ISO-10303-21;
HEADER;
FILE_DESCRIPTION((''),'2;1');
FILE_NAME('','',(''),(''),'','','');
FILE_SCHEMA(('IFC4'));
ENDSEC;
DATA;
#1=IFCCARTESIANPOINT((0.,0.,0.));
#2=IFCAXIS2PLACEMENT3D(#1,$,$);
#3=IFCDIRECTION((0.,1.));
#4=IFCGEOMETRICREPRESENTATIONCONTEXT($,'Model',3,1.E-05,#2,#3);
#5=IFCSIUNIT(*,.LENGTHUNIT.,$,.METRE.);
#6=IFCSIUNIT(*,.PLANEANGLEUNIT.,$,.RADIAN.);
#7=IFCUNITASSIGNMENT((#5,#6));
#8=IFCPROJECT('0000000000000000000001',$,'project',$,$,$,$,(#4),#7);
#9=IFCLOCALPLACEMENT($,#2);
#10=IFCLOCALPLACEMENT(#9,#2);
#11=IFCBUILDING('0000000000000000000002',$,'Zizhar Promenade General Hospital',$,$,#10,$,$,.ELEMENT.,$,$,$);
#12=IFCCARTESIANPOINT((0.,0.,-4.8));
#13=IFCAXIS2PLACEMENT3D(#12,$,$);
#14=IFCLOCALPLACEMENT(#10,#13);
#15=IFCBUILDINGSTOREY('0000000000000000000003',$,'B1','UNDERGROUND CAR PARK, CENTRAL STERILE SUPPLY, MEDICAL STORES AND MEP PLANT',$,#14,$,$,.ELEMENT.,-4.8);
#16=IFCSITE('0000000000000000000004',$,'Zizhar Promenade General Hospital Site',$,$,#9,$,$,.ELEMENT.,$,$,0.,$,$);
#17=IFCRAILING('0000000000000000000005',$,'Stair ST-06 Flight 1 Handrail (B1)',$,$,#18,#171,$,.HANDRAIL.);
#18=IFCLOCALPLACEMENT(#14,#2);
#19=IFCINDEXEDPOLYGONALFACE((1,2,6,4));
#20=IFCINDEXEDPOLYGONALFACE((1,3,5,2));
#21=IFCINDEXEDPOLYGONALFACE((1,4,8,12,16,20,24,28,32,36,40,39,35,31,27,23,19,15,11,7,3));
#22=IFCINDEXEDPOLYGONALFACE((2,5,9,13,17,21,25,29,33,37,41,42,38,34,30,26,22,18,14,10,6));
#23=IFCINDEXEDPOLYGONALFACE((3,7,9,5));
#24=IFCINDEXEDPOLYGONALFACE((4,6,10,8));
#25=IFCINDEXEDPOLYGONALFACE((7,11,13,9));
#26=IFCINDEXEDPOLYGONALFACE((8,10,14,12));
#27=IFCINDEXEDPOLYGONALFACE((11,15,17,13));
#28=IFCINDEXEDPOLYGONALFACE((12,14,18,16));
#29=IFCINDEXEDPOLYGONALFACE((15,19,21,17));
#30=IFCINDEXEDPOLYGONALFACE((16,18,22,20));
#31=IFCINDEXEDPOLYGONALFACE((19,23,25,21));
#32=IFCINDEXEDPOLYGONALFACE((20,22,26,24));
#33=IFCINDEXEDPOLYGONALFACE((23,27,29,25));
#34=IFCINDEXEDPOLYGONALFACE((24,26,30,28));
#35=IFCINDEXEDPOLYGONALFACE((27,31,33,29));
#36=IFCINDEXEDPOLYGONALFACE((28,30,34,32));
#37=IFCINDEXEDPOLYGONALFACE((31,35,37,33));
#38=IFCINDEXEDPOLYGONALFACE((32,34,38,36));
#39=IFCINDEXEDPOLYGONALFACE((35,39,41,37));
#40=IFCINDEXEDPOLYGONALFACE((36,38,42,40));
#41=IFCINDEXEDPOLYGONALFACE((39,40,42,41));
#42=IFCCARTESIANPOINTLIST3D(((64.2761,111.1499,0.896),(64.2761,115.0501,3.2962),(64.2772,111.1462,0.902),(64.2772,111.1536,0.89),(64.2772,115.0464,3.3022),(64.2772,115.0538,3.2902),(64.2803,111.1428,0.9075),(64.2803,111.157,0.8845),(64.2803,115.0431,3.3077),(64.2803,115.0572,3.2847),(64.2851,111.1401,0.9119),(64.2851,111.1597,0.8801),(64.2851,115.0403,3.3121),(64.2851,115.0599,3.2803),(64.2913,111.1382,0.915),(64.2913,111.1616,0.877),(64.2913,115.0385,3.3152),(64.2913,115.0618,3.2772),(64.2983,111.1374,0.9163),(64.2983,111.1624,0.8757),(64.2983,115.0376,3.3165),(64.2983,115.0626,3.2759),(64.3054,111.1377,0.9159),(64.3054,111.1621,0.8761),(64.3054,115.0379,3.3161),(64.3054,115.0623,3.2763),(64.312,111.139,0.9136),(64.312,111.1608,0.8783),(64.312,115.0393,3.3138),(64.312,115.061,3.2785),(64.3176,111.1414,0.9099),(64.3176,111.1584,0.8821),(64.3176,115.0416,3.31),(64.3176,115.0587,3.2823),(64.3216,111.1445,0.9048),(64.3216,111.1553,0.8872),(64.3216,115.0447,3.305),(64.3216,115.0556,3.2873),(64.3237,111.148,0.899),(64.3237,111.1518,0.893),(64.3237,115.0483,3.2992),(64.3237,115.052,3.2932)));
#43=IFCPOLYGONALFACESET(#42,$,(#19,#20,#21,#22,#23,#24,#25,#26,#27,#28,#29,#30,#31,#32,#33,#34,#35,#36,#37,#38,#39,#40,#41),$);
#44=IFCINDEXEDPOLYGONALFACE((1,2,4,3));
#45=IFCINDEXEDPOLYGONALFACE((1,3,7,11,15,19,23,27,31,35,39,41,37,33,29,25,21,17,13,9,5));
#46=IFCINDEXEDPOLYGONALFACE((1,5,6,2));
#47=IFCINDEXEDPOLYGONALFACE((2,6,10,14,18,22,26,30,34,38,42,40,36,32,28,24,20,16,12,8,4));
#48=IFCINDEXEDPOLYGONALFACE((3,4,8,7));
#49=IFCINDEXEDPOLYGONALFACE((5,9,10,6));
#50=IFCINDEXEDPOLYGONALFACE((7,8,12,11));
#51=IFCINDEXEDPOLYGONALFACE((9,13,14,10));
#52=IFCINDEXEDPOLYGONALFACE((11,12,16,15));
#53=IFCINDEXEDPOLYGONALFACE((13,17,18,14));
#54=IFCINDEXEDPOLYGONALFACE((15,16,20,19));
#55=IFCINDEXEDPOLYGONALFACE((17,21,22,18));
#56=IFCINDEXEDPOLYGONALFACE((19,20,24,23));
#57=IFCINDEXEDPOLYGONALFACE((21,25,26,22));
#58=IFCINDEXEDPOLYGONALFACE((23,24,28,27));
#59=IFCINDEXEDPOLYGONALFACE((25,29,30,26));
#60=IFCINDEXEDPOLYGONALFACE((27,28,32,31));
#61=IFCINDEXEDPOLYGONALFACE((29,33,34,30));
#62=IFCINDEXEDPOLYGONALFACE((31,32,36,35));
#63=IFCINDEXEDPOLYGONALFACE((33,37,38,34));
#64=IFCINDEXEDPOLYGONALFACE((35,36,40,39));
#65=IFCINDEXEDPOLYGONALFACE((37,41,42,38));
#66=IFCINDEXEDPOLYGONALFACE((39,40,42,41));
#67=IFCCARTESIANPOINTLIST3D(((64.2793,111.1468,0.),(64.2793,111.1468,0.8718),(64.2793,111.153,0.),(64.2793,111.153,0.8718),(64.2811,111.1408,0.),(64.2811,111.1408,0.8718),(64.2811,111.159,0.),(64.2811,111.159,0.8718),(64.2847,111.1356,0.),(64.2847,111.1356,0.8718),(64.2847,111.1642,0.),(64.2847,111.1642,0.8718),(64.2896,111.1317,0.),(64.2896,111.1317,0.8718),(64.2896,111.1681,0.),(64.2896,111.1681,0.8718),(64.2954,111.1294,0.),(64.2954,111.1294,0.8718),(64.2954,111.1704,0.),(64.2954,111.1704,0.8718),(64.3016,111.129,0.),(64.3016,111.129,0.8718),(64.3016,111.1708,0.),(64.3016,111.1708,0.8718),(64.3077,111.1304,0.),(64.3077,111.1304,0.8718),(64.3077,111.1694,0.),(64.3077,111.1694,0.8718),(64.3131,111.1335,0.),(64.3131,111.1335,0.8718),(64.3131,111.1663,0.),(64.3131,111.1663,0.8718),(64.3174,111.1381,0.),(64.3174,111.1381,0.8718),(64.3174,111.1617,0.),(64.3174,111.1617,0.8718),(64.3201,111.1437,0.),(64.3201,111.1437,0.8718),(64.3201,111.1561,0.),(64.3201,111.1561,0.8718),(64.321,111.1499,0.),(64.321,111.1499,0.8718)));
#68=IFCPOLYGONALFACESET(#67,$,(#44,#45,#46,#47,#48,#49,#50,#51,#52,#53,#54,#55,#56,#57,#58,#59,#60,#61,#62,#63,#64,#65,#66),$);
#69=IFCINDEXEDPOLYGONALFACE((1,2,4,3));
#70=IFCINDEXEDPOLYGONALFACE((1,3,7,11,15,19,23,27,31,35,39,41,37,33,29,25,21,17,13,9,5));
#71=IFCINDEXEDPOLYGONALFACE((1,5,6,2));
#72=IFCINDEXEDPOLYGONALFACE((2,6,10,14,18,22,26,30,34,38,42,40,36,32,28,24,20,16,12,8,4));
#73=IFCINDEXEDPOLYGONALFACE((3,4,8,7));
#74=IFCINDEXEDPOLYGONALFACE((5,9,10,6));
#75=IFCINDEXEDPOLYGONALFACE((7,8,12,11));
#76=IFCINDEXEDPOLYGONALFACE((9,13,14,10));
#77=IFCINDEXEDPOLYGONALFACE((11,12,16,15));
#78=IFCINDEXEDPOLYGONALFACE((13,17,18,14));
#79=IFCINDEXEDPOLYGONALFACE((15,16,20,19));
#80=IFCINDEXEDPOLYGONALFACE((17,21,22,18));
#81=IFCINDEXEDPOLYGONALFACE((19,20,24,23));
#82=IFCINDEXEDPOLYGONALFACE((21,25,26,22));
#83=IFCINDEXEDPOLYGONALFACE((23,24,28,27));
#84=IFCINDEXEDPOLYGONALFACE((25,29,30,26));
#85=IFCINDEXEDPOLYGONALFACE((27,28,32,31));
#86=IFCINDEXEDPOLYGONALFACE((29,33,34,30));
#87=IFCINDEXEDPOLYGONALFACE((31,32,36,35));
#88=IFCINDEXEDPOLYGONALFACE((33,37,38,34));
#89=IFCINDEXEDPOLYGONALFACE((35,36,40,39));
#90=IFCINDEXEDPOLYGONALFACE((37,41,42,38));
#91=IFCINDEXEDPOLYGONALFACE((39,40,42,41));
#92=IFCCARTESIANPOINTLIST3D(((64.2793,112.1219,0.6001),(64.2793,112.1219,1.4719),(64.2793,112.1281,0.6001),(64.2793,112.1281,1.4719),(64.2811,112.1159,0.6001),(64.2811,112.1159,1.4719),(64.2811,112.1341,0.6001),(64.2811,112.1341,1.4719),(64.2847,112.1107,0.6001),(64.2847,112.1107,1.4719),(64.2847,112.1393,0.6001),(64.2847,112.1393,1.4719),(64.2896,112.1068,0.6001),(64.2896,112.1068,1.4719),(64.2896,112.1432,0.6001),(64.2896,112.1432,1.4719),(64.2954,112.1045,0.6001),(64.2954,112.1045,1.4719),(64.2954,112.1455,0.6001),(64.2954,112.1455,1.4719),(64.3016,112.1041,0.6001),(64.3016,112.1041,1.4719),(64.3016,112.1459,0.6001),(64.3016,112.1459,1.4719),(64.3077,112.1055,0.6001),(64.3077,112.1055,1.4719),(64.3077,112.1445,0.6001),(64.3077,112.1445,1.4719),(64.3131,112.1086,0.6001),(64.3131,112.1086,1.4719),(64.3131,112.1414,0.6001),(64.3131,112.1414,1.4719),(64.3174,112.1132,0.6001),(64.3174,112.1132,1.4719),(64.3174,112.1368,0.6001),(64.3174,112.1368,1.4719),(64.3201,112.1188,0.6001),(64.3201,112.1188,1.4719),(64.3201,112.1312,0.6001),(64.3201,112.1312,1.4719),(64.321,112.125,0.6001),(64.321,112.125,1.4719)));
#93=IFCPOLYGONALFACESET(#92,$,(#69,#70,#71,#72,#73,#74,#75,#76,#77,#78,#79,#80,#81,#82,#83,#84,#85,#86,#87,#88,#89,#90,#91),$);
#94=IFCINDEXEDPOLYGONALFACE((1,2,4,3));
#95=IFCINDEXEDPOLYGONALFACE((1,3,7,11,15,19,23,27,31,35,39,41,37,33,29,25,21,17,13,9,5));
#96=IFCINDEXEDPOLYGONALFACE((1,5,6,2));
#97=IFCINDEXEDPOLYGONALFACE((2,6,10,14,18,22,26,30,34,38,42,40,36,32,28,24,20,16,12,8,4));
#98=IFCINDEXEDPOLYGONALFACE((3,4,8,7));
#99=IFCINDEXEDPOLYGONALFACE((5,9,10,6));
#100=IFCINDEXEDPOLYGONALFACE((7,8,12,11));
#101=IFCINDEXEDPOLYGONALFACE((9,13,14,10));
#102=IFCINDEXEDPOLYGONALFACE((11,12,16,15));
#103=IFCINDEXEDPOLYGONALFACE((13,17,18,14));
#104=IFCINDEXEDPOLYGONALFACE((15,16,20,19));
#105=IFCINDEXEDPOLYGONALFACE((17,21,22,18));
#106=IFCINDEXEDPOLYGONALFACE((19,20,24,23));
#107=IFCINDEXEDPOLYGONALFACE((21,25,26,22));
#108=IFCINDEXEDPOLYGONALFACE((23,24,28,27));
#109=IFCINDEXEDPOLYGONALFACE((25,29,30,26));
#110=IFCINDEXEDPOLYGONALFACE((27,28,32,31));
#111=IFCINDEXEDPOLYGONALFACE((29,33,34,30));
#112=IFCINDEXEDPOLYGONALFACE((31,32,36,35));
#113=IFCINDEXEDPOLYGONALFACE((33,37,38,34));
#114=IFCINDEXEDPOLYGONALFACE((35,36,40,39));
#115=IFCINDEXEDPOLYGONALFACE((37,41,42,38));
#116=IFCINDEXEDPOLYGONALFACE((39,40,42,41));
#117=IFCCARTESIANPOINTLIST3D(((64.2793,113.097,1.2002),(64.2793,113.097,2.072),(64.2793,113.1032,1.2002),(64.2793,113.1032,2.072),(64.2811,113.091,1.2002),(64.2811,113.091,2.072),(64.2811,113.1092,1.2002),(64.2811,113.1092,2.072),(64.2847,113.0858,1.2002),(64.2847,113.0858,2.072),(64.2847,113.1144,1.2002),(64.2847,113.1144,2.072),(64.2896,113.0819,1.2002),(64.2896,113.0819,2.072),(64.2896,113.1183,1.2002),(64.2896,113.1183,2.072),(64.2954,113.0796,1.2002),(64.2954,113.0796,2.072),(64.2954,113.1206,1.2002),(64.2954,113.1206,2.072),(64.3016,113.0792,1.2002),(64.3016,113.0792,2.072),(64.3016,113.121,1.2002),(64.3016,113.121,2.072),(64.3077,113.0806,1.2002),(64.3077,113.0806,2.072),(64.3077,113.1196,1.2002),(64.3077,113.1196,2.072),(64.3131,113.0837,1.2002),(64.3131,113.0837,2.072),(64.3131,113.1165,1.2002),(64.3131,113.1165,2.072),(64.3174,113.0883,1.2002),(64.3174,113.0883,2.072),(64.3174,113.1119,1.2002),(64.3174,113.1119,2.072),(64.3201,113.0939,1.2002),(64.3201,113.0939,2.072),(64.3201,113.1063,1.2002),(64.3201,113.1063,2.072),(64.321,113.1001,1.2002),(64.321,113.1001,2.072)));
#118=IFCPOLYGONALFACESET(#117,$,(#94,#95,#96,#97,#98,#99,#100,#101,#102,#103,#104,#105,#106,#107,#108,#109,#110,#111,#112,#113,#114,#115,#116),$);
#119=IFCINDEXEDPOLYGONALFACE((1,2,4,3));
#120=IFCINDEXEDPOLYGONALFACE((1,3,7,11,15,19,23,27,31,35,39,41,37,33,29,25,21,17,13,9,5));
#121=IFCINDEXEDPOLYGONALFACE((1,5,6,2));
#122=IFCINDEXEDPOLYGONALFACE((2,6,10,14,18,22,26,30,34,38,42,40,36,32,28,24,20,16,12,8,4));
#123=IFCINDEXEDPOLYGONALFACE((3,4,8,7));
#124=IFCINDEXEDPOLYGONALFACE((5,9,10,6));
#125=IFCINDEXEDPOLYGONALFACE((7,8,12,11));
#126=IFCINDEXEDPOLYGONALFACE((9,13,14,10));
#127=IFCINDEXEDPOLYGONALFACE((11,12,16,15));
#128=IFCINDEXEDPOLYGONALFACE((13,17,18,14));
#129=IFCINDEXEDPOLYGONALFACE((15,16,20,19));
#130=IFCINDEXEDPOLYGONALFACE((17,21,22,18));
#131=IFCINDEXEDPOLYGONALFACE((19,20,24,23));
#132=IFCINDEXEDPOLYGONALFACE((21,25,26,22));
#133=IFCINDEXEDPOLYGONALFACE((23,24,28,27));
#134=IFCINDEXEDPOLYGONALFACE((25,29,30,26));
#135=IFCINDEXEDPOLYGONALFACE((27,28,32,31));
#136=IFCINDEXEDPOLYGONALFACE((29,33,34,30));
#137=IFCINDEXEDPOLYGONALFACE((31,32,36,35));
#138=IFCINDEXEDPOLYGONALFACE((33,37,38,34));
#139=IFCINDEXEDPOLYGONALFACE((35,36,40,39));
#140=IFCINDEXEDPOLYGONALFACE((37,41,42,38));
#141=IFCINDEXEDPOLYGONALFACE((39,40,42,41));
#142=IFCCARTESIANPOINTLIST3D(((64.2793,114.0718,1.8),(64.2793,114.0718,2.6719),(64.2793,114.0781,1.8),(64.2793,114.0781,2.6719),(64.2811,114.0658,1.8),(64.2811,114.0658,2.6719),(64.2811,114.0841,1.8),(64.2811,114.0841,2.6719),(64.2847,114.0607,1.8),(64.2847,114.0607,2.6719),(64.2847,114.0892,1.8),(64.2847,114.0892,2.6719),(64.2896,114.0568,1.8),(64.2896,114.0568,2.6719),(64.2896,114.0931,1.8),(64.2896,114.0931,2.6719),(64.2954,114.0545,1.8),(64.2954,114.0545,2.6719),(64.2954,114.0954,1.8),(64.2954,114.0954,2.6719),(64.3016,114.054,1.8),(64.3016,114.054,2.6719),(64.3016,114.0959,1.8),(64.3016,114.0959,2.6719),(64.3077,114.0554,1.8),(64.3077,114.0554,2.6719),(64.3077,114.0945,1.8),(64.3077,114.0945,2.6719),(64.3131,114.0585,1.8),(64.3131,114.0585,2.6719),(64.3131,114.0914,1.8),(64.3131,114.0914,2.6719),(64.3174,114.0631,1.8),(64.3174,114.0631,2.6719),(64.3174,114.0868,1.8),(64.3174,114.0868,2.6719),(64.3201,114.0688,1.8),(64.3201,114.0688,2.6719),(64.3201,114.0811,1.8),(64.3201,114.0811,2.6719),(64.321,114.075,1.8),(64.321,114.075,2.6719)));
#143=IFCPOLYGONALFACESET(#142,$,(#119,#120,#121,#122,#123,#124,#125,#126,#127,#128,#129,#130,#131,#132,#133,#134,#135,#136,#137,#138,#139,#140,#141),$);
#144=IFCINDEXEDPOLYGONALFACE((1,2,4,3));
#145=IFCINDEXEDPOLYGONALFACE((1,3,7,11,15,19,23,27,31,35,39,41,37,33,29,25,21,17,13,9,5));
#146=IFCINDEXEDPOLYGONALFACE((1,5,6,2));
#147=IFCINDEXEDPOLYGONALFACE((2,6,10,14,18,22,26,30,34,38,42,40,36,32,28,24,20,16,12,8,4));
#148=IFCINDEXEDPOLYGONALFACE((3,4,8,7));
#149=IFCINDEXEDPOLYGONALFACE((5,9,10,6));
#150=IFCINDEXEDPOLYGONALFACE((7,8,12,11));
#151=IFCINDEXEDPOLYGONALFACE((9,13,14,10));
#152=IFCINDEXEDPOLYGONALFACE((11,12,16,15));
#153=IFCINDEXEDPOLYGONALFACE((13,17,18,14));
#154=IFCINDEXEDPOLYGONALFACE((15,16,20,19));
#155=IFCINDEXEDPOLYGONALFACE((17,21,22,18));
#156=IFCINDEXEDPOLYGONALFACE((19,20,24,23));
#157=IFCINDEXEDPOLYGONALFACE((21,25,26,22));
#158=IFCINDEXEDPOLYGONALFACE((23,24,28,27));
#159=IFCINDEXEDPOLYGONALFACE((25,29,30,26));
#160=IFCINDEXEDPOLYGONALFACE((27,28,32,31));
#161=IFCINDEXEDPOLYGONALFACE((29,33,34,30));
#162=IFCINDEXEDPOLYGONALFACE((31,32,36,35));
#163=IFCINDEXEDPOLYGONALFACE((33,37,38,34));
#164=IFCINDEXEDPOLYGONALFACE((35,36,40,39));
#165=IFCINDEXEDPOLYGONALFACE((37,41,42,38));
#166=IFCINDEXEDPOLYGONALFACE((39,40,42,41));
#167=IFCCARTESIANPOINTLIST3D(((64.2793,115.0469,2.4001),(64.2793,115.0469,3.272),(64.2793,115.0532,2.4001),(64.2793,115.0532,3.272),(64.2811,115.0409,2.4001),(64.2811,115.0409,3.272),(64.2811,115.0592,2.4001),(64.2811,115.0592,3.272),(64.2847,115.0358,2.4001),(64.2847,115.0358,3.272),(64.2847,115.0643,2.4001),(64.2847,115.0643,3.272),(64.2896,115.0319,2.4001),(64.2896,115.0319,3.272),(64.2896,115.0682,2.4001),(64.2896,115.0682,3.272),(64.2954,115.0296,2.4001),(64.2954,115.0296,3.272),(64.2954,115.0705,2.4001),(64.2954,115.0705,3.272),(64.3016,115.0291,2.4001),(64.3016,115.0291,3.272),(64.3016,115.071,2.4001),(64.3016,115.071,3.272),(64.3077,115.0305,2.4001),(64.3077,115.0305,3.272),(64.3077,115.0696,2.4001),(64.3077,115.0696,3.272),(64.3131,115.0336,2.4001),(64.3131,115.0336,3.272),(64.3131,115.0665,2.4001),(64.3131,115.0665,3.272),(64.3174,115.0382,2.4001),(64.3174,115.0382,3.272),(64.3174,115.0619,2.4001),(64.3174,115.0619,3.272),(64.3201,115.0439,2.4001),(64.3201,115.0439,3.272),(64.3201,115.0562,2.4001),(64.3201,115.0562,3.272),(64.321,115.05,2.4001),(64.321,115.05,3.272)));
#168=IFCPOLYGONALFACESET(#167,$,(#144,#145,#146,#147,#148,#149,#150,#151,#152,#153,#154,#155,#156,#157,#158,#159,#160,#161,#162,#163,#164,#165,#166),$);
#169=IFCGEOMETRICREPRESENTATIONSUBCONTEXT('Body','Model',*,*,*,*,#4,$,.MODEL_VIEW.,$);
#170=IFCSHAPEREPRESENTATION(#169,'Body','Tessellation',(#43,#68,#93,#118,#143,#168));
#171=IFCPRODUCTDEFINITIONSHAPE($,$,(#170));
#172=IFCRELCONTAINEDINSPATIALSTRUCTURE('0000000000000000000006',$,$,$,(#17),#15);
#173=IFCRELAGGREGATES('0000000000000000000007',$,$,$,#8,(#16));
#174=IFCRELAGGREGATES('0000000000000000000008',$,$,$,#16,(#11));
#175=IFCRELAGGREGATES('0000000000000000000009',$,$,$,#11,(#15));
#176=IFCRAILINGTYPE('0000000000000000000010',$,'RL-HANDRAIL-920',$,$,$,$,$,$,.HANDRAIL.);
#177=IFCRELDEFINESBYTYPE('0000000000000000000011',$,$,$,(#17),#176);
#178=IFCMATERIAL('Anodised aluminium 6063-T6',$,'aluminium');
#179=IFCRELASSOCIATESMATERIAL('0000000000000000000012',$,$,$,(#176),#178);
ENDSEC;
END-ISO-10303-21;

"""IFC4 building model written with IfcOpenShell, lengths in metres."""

from ifc_helpers import new_model, si_unit, direction, frame, origin, origin_2d, place, context, subcontext, project, spatial, circle, hollow_circle, extrude, material, material_profile, profile_set, type_object, element, save


model = new_model("IFC4")

# Units and contexts
model_context = context("Model", 3, precision=1e-05, world=origin(), true_north=direction((0.0, 1.0)))
body_context = subcontext(model_context, "Body", "Model", "MODEL_VIEW")
ifc_project = project(units=[si_unit("LENGTHUNIT", "METRE"), si_unit("PLANEANGLEUNIT", "RADIAN")], contexts=[model_context])

# Site, building, storey
site_placement = place(None, origin())
site = spatial("IfcSite", under=ifc_project, at=site_placement, Name="Zizhar Promenade General Hospital Site", CompositionType="ELEMENT", RefElevation=0.0)
building_placement = place(site_placement, origin())
building = spatial("IfcBuilding", under=site, at=building_placement, Name="Zizhar Promenade General Hospital", CompositionType="ELEMENT")
storey_placement = place(building_placement, frame((0.0, 0.0, -4.8)))
storey = spatial("IfcBuildingStorey", under=building, at=storey_placement, Name="B1", Description="UNDERGROUND CAR PARK, CENTRAL STERILE SUPPLY, MEDICAL STORES AND MEP PLANT", CompositionType="ELEMENT", Elevation=-4.8)

# Railing
ifc_material_1 = material(Name="Anodised aluminium 6063-T6", Category="aluminium")
ifc_material_profile_1 = material_profile(ifc_material_1, hollow_circle(Radius=0.0698, WallThickness=0.0063, at=origin_2d()))
ifc_profile_set_1 = profile_set([ifc_material_profile_1], Name="Anodised aluminium 6063-T6")
railing_type_1 = type_object("IfcRailingType", Name="RL-HANDRAIL-920", PredefinedType="HANDRAIL", material=ifc_profile_set_1)
railing_1_placement = place(storey_placement, frame((64.3, 111.1499, 0.0)))
element("IfcRailing", 1, at=railing_1_placement, inside=storey, type_object=railing_type_1, Name="Stair ST-06 Flight 1 Handrail (B1)", PredefinedType="HANDRAIL", context=body_context, shape_type="SweptSolid", body=[
    extrude(circle(Radius=0.0239, at=origin_2d()), frame((0.0, 0.0, 0.896), z_axis=(0.0, 0.851653, 0.524106), x_axis=(-1.0, 0.0, 0.0)), (0.0, 0.0, 1.0), 4.5796),
    extrude(circle(Radius=0.021, at=origin_2d()), origin(), (0.0, 0.0, 1.0), 0.8718),
    extrude(circle(Radius=0.021, at=origin_2d()), frame((0.0, 0.9751, 0.6001)), (0.0, 0.0, 1.0), 0.8718),
    extrude(circle(Radius=0.021, at=origin_2d()), frame((0.0, 1.9502, 1.2002)), (0.0, 0.0, 1.0), 0.8718),
    extrude(circle(Radius=0.021, at=origin_2d()), frame((0.0, 2.925, 1.8)), (0.0, 0.0, 1.0), 0.8718),
    extrude(circle(Radius=0.021, at=origin_2d()), frame((0.0, 3.9001, 2.4001)), (0.0, 0.0, 1.0), 0.8718),
])

save(model, "model.ifc")
